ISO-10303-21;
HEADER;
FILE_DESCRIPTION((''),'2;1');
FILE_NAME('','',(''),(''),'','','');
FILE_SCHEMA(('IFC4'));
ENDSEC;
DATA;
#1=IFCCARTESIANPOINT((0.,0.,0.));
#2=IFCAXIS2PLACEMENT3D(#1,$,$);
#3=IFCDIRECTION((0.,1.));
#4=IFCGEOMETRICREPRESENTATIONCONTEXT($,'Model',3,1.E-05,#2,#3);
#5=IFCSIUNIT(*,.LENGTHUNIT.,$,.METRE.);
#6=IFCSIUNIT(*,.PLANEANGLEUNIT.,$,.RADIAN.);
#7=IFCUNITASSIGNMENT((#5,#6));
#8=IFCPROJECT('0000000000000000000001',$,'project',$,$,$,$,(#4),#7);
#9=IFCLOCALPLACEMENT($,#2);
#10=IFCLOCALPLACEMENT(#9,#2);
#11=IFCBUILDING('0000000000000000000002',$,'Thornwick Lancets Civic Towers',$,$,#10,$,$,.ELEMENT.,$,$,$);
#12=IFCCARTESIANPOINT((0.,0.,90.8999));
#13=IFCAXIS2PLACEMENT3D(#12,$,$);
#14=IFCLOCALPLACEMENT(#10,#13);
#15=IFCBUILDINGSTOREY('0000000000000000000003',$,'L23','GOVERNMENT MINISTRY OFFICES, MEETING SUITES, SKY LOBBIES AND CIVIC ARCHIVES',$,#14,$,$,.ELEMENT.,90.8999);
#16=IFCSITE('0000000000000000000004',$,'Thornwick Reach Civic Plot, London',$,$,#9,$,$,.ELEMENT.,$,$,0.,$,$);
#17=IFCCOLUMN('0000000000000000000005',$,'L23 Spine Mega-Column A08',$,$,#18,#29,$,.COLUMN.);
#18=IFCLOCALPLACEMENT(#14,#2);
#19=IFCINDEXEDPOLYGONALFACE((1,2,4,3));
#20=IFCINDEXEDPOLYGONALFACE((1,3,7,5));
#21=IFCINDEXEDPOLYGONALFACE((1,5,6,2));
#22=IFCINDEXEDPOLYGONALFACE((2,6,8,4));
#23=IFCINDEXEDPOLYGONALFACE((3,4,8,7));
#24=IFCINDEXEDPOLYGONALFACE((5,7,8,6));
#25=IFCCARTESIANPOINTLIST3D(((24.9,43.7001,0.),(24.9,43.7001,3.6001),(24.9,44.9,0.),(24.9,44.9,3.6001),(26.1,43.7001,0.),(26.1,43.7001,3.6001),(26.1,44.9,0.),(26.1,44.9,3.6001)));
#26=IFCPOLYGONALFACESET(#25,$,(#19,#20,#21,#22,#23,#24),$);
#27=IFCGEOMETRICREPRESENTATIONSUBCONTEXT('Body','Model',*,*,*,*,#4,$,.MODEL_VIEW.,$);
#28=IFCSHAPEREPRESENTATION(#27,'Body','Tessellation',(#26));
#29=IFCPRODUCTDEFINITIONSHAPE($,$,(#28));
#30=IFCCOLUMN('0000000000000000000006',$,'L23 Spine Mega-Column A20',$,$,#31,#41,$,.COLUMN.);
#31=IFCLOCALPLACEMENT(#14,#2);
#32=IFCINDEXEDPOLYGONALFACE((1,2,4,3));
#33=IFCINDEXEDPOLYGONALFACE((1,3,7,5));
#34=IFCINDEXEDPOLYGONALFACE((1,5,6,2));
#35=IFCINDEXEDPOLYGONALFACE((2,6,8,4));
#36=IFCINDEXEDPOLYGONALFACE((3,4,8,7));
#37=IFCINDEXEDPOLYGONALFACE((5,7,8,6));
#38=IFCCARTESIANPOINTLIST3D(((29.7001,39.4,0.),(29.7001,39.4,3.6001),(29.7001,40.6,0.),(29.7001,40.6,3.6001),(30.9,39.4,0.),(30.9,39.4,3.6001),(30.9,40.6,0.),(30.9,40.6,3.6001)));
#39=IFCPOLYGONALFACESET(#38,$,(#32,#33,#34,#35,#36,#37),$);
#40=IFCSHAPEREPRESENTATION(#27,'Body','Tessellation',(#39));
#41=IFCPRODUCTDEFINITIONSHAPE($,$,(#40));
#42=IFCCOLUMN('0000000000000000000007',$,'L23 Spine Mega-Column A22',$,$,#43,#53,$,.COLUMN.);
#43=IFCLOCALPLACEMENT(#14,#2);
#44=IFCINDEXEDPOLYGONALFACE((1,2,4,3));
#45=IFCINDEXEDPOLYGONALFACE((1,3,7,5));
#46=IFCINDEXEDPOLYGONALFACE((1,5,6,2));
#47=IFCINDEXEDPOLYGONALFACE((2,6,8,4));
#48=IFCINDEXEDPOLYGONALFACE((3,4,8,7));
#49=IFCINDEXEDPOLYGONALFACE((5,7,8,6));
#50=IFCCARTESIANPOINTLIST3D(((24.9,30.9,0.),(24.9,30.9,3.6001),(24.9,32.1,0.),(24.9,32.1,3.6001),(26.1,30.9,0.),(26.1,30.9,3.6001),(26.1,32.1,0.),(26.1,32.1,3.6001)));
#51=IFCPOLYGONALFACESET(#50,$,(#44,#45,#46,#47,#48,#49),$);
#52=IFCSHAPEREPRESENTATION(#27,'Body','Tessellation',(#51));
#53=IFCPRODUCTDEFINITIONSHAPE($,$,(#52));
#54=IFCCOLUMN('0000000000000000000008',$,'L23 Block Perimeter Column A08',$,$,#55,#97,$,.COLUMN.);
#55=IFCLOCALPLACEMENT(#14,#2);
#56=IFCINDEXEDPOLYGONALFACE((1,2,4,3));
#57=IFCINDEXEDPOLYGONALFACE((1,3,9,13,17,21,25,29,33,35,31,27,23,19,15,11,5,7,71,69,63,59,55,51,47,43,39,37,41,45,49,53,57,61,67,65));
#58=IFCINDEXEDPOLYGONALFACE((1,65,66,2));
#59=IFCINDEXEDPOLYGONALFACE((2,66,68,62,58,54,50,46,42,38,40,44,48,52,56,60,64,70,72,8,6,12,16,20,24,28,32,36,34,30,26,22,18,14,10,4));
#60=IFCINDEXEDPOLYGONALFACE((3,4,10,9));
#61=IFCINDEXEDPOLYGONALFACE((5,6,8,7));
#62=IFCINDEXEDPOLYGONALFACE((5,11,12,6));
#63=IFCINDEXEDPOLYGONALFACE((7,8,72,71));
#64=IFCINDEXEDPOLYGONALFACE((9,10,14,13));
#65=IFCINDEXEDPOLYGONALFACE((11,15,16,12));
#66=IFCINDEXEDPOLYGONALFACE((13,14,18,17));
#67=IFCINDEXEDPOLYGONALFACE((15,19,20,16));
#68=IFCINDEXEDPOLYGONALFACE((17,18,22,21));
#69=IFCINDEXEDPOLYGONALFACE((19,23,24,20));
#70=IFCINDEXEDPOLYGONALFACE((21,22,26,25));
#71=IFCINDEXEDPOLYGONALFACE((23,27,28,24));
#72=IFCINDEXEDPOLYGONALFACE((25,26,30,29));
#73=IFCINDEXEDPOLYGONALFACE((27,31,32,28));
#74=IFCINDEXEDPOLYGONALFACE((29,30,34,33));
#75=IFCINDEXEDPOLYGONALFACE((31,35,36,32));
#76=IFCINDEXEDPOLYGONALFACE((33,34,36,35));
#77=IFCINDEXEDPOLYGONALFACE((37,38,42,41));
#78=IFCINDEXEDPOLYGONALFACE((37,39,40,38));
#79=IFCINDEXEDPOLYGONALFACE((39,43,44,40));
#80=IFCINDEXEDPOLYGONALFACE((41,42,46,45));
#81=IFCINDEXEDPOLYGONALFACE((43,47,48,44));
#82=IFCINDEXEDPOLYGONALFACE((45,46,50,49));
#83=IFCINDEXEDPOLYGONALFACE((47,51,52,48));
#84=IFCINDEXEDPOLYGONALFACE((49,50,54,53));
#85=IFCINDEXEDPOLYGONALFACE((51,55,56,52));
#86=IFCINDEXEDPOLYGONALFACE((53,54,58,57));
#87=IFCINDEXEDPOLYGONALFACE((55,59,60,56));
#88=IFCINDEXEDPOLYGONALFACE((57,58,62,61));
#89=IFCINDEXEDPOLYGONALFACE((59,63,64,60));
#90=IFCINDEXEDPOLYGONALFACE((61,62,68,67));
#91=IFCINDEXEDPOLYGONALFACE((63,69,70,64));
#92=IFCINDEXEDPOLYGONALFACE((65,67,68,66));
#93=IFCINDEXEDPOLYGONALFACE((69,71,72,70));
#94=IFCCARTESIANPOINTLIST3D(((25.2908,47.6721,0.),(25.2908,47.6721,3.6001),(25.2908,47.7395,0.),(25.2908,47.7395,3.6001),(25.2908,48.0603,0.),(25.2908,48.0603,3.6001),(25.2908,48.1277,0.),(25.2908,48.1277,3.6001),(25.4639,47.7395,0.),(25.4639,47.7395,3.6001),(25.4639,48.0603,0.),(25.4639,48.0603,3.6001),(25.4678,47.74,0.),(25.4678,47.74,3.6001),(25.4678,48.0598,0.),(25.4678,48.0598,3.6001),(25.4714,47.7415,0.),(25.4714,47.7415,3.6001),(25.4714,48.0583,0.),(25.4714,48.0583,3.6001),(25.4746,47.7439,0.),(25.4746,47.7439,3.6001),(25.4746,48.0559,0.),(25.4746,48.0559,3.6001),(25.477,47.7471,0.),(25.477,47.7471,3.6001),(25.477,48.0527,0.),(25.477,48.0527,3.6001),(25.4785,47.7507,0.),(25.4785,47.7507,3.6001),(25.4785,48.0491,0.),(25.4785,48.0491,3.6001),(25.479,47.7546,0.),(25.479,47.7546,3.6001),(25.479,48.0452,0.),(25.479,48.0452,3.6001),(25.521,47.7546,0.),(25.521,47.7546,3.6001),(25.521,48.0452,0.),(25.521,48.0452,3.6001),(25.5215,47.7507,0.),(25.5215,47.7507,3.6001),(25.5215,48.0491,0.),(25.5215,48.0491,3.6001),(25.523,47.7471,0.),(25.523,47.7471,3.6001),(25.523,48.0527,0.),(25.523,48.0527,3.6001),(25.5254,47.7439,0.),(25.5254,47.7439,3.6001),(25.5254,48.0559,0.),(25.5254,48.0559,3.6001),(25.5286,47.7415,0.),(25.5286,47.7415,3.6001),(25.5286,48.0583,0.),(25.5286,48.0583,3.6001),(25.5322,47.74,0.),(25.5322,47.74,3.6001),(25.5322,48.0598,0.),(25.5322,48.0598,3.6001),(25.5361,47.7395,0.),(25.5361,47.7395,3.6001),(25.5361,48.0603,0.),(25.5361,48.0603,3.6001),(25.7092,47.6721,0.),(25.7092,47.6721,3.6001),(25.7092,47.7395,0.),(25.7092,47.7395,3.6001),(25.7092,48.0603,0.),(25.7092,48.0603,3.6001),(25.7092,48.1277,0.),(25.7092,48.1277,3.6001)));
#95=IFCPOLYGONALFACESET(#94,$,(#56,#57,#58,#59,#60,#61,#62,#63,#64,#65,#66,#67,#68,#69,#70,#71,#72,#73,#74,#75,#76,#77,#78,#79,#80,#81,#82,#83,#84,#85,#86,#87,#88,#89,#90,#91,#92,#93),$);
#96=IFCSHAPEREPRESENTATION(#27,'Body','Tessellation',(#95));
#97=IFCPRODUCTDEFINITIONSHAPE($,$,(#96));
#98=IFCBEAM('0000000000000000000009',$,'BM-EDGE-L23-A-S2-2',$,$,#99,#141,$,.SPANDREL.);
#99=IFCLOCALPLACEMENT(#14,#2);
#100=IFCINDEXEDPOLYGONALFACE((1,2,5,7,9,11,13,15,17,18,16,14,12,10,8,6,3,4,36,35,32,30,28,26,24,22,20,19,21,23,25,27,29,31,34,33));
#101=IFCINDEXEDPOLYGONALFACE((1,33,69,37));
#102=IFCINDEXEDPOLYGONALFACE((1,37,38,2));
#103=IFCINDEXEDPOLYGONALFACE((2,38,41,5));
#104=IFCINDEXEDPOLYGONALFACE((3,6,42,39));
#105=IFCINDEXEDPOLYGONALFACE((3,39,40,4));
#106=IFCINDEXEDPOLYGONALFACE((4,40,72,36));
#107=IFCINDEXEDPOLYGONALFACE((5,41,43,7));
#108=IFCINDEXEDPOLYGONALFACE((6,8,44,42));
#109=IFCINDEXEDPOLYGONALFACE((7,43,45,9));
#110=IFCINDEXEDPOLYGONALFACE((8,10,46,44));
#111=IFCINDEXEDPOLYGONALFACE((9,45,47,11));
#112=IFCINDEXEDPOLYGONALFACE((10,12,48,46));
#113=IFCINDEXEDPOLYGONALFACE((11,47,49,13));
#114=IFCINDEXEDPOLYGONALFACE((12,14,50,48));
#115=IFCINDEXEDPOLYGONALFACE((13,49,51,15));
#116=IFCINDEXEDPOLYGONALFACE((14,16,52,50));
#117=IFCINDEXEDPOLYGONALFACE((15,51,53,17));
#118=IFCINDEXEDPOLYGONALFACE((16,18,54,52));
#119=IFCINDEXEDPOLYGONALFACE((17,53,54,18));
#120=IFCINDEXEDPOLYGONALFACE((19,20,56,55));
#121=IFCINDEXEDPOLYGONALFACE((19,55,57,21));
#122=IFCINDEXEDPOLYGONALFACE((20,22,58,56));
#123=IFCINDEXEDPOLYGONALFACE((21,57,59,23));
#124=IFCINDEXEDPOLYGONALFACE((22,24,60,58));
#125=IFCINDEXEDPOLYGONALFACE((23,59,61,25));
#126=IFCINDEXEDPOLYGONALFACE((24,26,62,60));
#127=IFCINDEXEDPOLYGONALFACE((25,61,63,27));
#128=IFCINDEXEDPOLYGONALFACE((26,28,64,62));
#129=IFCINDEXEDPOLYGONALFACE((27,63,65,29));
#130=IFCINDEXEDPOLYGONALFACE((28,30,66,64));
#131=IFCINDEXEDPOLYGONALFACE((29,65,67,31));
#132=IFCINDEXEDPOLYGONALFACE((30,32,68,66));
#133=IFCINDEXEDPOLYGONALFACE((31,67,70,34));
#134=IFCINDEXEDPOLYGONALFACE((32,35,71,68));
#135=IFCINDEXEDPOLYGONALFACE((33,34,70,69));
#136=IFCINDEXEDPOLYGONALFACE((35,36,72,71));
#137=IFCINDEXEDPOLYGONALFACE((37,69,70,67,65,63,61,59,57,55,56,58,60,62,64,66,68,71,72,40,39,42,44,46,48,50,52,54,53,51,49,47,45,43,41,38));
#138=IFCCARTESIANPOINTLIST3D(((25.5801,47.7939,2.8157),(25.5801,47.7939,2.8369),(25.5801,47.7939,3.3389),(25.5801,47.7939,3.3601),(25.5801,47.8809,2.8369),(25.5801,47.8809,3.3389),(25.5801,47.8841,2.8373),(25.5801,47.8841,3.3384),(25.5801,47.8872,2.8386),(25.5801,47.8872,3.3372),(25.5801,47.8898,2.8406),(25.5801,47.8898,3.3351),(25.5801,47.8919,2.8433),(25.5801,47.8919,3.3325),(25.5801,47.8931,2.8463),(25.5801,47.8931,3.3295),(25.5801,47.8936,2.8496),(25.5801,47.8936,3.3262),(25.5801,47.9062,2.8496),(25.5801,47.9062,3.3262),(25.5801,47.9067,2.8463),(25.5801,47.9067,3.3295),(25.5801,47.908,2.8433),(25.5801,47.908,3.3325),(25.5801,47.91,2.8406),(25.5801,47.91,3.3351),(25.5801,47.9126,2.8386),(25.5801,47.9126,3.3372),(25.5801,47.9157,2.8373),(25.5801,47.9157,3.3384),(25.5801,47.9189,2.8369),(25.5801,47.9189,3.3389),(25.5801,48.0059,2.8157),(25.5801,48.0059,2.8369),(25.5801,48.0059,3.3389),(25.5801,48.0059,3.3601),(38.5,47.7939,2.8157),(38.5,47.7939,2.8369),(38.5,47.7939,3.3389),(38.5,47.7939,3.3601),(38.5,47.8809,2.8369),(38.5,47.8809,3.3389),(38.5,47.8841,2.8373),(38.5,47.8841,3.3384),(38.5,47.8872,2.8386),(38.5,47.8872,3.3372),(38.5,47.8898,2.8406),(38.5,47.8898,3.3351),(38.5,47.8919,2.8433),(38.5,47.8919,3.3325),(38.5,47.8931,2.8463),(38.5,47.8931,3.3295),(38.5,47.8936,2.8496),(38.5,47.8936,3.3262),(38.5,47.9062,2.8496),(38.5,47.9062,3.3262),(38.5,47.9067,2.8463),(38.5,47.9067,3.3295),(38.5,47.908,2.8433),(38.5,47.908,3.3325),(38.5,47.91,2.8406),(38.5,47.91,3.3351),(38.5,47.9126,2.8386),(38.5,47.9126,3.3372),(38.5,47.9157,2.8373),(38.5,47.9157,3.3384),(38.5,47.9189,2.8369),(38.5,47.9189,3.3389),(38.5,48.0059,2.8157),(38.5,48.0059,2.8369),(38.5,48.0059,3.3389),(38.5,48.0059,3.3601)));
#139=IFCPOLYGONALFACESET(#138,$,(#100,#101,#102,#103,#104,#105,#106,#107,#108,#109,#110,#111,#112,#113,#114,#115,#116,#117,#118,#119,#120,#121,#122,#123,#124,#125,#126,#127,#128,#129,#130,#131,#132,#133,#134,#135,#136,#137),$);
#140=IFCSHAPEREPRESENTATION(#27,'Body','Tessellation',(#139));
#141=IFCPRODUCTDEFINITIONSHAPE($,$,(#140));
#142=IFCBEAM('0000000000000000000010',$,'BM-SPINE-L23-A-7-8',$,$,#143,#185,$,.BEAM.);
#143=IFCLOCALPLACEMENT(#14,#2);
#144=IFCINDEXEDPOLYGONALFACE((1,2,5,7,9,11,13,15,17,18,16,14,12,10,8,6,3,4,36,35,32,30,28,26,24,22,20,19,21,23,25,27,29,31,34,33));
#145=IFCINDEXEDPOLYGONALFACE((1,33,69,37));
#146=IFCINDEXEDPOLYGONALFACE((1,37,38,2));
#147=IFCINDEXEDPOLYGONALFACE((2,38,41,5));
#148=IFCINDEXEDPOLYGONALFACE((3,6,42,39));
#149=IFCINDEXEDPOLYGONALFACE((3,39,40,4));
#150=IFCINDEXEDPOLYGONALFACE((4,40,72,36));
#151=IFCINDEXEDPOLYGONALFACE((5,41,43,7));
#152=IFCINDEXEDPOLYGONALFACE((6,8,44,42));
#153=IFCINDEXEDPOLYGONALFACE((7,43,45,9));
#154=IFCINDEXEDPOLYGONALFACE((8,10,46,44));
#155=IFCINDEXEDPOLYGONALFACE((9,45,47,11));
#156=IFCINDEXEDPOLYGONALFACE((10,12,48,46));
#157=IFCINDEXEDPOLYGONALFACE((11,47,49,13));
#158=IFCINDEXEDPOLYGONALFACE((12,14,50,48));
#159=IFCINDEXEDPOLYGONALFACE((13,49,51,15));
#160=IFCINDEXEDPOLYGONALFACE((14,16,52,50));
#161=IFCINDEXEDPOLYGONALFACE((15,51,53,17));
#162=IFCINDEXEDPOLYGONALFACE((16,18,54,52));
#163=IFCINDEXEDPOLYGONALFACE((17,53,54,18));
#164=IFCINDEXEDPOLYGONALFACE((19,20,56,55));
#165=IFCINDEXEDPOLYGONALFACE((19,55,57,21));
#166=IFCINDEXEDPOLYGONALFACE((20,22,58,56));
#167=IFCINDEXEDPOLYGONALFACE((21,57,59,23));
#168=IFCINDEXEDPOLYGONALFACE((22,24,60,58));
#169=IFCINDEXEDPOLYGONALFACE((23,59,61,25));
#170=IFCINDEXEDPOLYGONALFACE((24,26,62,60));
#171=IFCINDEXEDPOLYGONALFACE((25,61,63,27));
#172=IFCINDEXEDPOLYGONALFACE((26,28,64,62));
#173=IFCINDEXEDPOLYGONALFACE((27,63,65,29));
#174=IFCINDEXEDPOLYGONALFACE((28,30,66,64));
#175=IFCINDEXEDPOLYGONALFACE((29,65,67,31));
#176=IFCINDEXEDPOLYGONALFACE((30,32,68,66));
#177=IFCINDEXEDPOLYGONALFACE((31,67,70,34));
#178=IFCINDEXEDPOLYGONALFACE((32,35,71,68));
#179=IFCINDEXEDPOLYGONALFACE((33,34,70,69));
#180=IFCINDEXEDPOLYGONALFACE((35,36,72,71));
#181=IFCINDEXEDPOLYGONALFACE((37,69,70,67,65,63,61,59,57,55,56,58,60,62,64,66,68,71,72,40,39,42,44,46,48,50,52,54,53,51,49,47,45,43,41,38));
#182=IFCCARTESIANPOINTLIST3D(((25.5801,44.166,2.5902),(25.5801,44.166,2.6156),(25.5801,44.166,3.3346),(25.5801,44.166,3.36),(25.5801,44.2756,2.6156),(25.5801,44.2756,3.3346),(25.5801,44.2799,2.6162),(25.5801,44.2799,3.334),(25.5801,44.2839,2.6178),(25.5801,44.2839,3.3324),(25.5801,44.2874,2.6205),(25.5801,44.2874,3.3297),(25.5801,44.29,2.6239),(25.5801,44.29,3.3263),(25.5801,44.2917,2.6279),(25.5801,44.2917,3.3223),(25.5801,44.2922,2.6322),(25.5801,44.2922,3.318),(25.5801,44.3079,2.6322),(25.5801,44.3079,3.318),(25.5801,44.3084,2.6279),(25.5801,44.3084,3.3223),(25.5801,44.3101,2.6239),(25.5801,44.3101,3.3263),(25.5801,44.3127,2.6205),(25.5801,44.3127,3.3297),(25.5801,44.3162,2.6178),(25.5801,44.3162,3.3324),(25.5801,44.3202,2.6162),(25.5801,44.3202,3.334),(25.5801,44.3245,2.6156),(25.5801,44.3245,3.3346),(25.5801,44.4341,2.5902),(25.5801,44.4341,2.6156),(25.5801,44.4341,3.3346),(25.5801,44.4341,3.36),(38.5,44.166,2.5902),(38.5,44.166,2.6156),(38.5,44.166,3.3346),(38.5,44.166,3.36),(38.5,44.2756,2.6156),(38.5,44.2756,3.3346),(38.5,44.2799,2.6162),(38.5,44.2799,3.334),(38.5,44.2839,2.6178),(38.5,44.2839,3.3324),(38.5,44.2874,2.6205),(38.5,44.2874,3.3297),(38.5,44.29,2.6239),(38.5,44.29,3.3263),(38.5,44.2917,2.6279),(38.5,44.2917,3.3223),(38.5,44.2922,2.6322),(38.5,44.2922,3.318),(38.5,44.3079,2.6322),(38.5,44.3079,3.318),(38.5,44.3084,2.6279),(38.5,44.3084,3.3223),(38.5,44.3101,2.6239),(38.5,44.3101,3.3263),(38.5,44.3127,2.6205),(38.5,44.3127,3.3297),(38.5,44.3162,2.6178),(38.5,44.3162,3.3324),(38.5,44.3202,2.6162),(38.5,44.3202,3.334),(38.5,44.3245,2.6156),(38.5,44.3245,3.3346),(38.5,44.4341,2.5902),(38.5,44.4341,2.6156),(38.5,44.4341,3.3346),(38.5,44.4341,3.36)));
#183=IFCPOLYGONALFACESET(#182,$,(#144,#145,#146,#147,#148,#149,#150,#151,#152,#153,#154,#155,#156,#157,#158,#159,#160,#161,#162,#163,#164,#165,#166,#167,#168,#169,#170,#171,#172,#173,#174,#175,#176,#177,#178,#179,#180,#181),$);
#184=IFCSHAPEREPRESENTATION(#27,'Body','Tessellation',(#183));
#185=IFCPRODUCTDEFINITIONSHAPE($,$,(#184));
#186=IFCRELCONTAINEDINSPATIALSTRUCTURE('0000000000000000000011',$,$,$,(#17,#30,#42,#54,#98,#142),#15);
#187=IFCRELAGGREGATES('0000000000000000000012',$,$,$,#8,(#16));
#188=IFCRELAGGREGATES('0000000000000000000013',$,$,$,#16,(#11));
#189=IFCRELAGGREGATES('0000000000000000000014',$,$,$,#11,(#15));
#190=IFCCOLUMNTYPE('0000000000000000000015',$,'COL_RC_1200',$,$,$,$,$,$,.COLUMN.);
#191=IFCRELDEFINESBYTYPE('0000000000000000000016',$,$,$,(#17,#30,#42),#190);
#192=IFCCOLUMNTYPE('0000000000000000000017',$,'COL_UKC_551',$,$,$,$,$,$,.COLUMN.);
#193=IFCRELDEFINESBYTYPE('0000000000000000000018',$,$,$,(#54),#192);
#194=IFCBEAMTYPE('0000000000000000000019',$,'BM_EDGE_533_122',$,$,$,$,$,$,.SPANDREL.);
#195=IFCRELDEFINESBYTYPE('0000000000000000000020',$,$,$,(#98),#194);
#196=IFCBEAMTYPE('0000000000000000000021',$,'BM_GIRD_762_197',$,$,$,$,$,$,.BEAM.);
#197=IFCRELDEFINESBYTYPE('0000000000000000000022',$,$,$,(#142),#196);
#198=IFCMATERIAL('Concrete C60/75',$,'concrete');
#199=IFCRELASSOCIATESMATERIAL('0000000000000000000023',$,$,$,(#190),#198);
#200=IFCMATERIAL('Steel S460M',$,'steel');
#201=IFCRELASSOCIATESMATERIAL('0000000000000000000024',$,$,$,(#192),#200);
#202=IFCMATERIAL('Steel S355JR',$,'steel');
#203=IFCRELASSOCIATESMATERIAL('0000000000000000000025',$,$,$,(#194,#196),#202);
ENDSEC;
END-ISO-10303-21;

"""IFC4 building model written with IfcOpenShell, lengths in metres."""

from ifc_helpers import new_model, si_unit, direction, frame, origin, origin_2d, place, context, subcontext, project, spatial, rectangle, i_section, extrude, material, material_profile, profile_set, type_object, element, save


model = new_model("IFC4")

# Units and contexts
model_context = context("Model", 3, precision=1e-05, world=origin(), true_north=direction((0.0, 1.0)))
body_context = subcontext(model_context, "Body", "Model", "MODEL_VIEW")
ifc_project = project(units=[si_unit("LENGTHUNIT", "METRE"), si_unit("PLANEANGLEUNIT", "RADIAN")], contexts=[model_context])

# Site, building, storey
site_placement = place(None, origin())
site = spatial("IfcSite", under=ifc_project, at=site_placement, Name="Thornwick Reach Civic Plot, London", CompositionType="ELEMENT", RefElevation=0.0)
building_placement = place(site_placement, origin())
building = spatial("IfcBuilding", under=site, at=building_placement, Name="Thornwick Lancets Civic Towers", CompositionType="ELEMENT")
storey_placement = place(building_placement, frame((0.0, 0.0, 90.8999)))
storey = spatial("IfcBuildingStorey", under=building, at=storey_placement, Name="L23", Description="GOVERNMENT MINISTRY OFFICES, MEETING SUITES, SKY LOBBIES AND CIVIC ARCHIVES", CompositionType="ELEMENT", Elevation=90.8999)

# Columns
ifc_material_1 = material(Name="Concrete C60/75", Category="concrete")
ifc_material_profile_1 = material_profile(ifc_material_1, rectangle(XDim=1.2, YDim=1.2, at=origin_2d()), Name="RC 1200x1200")
ifc_profile_set_1 = profile_set([ifc_material_profile_1], Name="Concrete C60/75")
column_type_1 = type_object("IfcColumnType", Name="COL_RC_1200", PredefinedType="COLUMN", material=ifc_profile_set_1)
for number, where, z_axis, x_axis, name in (
    (1, (25.5, 44.3, 0.0), (0.0, 0.0, 1.0), (1.0, 0.0, 0.0), "L23 Spine Mega-Column A08"),
    (2, (30.3, 40.0, 0.0), (0.0, 0.0, 1.0), (1.0, 0.0, 0.0), "L23 Spine Mega-Column A20"),
    (3, (25.5, 31.5, 0.0), (0.0, 0.0, 1.0), (1.0, 0.0, 0.0), "L23 Spine Mega-Column A22"),
):
    element("IfcColumn", number, at=place(storey_placement, frame(where, z_axis=z_axis, x_axis=x_axis)), inside=storey, type_object=column_type_1, Name=name, PredefinedType="COLUMN", context=body_context, shape_type="SweptSolid", body=[
        extrude(rectangle(XDim=1.2, YDim=1.2, at=origin_2d()), origin(), (0.0, 0.0, 1.0), 3.6001),
    ])
ifc_material_2 = material(Name="Steel S460M", Category="steel")
ifc_material_profile_2 = material_profile(ifc_material_2, i_section(OverallWidth=0.4185, OverallDepth=0.4556, WebThickness=0.042, FlangeThickness=0.0674, FilletRadius=0.0151, at=origin_2d()), Name="UKC 356x406x551")
ifc_profile_set_2 = profile_set([ifc_material_profile_2], Name="Steel S460M")
column_type_2 = type_object("IfcColumnType", Name="COL_UKC_551", PredefinedType="COLUMN", material=ifc_profile_set_2)
column_placement = place(storey_placement, frame((25.5, 47.8999, 0.0), z_axis=(0.0, 0.0, 1.0), x_axis=(1.0, 0.0, 0.0)))
element("IfcColumn", 4, at=column_placement, inside=storey, type_object=column_type_2, Name="L23 Block Perimeter Column A08", PredefinedType="COLUMN", context=body_context, shape_type="SweptSolid", body=[
    extrude(i_section(OverallWidth=0.4185, OverallDepth=0.4556, WebThickness=0.042, FlangeThickness=0.0674, FilletRadius=0.0151, at=origin_2d()), origin(), (0.0, 0.0, 1.0), 3.6001),
])

# Beams
ifc_material_3 = material(Name="Steel S355JR", Category="steel")
ifc_material_profile_3 = material_profile(ifc_material_3, i_section(OverallWidth=0.2119, OverallDepth=0.5444, WebThickness=0.0127, FlangeThickness=0.0212, FilletRadius=0.0127, at=origin_2d()), Name="UKB 533x210x122")
ifc_profile_set_3 = profile_set([ifc_material_profile_3], Name="Steel S355JR")
beam_type_1 = type_object("IfcBeamType", Name="BM_EDGE_533_122", PredefinedType="SPANDREL", material=ifc_profile_set_3)
beam_1_placement = place(storey_placement, frame((25.5801, 47.8999, 3.0879), z_axis=(1.0, 0.0, 0.0), x_axis=(0.0, 1.0, 0.0)))
element("IfcBeam", 5, at=beam_1_placement, inside=storey, type_object=beam_type_1, Name="BM-EDGE-L23-A-S2-2", PredefinedType="SPANDREL", context=body_context, shape_type="SweptSolid", body=[
    extrude(i_section(OverallWidth=0.2119, OverallDepth=0.5444, WebThickness=0.0127, FlangeThickness=0.0212, FilletRadius=0.0127, at=origin_2d()), origin(), (0.0, 0.0, 1.0), 12.9199),
])
ifc_material_profile_4 = material_profile(ifc_material_3, i_section(OverallWidth=0.2681, OverallDepth=0.7698, WebThickness=0.0156, FlangeThickness=0.0254, FilletRadius=0.0166, at=origin_2d()), Name="UKB 762x267x197")
ifc_profile_set_4 = profile_set([ifc_material_profile_4], Name="Steel S355JR")
beam_type_2 = type_object("IfcBeamType", Name="BM_GIRD_762_197", PredefinedType="BEAM", material=ifc_profile_set_4)
beam_2_placement = place(storey_placement, frame((25.5801, 44.3, 2.9751), z_axis=(1.0, 0.0, 0.0), x_axis=(0.0, 1.0, 0.0)))
element("IfcBeam", 6, at=beam_2_placement, inside=storey, type_object=beam_type_2, Name="BM-SPINE-L23-A-7-8", PredefinedType="BEAM", context=body_context, shape_type="SweptSolid", body=[
    extrude(i_section(OverallWidth=0.2681, OverallDepth=0.7698, WebThickness=0.0156, FlangeThickness=0.0254, FilletRadius=0.0166, at=origin_2d()), origin(), (0.0, 0.0, 1.0), 12.9199),
])

save(model, "model.ifc")
